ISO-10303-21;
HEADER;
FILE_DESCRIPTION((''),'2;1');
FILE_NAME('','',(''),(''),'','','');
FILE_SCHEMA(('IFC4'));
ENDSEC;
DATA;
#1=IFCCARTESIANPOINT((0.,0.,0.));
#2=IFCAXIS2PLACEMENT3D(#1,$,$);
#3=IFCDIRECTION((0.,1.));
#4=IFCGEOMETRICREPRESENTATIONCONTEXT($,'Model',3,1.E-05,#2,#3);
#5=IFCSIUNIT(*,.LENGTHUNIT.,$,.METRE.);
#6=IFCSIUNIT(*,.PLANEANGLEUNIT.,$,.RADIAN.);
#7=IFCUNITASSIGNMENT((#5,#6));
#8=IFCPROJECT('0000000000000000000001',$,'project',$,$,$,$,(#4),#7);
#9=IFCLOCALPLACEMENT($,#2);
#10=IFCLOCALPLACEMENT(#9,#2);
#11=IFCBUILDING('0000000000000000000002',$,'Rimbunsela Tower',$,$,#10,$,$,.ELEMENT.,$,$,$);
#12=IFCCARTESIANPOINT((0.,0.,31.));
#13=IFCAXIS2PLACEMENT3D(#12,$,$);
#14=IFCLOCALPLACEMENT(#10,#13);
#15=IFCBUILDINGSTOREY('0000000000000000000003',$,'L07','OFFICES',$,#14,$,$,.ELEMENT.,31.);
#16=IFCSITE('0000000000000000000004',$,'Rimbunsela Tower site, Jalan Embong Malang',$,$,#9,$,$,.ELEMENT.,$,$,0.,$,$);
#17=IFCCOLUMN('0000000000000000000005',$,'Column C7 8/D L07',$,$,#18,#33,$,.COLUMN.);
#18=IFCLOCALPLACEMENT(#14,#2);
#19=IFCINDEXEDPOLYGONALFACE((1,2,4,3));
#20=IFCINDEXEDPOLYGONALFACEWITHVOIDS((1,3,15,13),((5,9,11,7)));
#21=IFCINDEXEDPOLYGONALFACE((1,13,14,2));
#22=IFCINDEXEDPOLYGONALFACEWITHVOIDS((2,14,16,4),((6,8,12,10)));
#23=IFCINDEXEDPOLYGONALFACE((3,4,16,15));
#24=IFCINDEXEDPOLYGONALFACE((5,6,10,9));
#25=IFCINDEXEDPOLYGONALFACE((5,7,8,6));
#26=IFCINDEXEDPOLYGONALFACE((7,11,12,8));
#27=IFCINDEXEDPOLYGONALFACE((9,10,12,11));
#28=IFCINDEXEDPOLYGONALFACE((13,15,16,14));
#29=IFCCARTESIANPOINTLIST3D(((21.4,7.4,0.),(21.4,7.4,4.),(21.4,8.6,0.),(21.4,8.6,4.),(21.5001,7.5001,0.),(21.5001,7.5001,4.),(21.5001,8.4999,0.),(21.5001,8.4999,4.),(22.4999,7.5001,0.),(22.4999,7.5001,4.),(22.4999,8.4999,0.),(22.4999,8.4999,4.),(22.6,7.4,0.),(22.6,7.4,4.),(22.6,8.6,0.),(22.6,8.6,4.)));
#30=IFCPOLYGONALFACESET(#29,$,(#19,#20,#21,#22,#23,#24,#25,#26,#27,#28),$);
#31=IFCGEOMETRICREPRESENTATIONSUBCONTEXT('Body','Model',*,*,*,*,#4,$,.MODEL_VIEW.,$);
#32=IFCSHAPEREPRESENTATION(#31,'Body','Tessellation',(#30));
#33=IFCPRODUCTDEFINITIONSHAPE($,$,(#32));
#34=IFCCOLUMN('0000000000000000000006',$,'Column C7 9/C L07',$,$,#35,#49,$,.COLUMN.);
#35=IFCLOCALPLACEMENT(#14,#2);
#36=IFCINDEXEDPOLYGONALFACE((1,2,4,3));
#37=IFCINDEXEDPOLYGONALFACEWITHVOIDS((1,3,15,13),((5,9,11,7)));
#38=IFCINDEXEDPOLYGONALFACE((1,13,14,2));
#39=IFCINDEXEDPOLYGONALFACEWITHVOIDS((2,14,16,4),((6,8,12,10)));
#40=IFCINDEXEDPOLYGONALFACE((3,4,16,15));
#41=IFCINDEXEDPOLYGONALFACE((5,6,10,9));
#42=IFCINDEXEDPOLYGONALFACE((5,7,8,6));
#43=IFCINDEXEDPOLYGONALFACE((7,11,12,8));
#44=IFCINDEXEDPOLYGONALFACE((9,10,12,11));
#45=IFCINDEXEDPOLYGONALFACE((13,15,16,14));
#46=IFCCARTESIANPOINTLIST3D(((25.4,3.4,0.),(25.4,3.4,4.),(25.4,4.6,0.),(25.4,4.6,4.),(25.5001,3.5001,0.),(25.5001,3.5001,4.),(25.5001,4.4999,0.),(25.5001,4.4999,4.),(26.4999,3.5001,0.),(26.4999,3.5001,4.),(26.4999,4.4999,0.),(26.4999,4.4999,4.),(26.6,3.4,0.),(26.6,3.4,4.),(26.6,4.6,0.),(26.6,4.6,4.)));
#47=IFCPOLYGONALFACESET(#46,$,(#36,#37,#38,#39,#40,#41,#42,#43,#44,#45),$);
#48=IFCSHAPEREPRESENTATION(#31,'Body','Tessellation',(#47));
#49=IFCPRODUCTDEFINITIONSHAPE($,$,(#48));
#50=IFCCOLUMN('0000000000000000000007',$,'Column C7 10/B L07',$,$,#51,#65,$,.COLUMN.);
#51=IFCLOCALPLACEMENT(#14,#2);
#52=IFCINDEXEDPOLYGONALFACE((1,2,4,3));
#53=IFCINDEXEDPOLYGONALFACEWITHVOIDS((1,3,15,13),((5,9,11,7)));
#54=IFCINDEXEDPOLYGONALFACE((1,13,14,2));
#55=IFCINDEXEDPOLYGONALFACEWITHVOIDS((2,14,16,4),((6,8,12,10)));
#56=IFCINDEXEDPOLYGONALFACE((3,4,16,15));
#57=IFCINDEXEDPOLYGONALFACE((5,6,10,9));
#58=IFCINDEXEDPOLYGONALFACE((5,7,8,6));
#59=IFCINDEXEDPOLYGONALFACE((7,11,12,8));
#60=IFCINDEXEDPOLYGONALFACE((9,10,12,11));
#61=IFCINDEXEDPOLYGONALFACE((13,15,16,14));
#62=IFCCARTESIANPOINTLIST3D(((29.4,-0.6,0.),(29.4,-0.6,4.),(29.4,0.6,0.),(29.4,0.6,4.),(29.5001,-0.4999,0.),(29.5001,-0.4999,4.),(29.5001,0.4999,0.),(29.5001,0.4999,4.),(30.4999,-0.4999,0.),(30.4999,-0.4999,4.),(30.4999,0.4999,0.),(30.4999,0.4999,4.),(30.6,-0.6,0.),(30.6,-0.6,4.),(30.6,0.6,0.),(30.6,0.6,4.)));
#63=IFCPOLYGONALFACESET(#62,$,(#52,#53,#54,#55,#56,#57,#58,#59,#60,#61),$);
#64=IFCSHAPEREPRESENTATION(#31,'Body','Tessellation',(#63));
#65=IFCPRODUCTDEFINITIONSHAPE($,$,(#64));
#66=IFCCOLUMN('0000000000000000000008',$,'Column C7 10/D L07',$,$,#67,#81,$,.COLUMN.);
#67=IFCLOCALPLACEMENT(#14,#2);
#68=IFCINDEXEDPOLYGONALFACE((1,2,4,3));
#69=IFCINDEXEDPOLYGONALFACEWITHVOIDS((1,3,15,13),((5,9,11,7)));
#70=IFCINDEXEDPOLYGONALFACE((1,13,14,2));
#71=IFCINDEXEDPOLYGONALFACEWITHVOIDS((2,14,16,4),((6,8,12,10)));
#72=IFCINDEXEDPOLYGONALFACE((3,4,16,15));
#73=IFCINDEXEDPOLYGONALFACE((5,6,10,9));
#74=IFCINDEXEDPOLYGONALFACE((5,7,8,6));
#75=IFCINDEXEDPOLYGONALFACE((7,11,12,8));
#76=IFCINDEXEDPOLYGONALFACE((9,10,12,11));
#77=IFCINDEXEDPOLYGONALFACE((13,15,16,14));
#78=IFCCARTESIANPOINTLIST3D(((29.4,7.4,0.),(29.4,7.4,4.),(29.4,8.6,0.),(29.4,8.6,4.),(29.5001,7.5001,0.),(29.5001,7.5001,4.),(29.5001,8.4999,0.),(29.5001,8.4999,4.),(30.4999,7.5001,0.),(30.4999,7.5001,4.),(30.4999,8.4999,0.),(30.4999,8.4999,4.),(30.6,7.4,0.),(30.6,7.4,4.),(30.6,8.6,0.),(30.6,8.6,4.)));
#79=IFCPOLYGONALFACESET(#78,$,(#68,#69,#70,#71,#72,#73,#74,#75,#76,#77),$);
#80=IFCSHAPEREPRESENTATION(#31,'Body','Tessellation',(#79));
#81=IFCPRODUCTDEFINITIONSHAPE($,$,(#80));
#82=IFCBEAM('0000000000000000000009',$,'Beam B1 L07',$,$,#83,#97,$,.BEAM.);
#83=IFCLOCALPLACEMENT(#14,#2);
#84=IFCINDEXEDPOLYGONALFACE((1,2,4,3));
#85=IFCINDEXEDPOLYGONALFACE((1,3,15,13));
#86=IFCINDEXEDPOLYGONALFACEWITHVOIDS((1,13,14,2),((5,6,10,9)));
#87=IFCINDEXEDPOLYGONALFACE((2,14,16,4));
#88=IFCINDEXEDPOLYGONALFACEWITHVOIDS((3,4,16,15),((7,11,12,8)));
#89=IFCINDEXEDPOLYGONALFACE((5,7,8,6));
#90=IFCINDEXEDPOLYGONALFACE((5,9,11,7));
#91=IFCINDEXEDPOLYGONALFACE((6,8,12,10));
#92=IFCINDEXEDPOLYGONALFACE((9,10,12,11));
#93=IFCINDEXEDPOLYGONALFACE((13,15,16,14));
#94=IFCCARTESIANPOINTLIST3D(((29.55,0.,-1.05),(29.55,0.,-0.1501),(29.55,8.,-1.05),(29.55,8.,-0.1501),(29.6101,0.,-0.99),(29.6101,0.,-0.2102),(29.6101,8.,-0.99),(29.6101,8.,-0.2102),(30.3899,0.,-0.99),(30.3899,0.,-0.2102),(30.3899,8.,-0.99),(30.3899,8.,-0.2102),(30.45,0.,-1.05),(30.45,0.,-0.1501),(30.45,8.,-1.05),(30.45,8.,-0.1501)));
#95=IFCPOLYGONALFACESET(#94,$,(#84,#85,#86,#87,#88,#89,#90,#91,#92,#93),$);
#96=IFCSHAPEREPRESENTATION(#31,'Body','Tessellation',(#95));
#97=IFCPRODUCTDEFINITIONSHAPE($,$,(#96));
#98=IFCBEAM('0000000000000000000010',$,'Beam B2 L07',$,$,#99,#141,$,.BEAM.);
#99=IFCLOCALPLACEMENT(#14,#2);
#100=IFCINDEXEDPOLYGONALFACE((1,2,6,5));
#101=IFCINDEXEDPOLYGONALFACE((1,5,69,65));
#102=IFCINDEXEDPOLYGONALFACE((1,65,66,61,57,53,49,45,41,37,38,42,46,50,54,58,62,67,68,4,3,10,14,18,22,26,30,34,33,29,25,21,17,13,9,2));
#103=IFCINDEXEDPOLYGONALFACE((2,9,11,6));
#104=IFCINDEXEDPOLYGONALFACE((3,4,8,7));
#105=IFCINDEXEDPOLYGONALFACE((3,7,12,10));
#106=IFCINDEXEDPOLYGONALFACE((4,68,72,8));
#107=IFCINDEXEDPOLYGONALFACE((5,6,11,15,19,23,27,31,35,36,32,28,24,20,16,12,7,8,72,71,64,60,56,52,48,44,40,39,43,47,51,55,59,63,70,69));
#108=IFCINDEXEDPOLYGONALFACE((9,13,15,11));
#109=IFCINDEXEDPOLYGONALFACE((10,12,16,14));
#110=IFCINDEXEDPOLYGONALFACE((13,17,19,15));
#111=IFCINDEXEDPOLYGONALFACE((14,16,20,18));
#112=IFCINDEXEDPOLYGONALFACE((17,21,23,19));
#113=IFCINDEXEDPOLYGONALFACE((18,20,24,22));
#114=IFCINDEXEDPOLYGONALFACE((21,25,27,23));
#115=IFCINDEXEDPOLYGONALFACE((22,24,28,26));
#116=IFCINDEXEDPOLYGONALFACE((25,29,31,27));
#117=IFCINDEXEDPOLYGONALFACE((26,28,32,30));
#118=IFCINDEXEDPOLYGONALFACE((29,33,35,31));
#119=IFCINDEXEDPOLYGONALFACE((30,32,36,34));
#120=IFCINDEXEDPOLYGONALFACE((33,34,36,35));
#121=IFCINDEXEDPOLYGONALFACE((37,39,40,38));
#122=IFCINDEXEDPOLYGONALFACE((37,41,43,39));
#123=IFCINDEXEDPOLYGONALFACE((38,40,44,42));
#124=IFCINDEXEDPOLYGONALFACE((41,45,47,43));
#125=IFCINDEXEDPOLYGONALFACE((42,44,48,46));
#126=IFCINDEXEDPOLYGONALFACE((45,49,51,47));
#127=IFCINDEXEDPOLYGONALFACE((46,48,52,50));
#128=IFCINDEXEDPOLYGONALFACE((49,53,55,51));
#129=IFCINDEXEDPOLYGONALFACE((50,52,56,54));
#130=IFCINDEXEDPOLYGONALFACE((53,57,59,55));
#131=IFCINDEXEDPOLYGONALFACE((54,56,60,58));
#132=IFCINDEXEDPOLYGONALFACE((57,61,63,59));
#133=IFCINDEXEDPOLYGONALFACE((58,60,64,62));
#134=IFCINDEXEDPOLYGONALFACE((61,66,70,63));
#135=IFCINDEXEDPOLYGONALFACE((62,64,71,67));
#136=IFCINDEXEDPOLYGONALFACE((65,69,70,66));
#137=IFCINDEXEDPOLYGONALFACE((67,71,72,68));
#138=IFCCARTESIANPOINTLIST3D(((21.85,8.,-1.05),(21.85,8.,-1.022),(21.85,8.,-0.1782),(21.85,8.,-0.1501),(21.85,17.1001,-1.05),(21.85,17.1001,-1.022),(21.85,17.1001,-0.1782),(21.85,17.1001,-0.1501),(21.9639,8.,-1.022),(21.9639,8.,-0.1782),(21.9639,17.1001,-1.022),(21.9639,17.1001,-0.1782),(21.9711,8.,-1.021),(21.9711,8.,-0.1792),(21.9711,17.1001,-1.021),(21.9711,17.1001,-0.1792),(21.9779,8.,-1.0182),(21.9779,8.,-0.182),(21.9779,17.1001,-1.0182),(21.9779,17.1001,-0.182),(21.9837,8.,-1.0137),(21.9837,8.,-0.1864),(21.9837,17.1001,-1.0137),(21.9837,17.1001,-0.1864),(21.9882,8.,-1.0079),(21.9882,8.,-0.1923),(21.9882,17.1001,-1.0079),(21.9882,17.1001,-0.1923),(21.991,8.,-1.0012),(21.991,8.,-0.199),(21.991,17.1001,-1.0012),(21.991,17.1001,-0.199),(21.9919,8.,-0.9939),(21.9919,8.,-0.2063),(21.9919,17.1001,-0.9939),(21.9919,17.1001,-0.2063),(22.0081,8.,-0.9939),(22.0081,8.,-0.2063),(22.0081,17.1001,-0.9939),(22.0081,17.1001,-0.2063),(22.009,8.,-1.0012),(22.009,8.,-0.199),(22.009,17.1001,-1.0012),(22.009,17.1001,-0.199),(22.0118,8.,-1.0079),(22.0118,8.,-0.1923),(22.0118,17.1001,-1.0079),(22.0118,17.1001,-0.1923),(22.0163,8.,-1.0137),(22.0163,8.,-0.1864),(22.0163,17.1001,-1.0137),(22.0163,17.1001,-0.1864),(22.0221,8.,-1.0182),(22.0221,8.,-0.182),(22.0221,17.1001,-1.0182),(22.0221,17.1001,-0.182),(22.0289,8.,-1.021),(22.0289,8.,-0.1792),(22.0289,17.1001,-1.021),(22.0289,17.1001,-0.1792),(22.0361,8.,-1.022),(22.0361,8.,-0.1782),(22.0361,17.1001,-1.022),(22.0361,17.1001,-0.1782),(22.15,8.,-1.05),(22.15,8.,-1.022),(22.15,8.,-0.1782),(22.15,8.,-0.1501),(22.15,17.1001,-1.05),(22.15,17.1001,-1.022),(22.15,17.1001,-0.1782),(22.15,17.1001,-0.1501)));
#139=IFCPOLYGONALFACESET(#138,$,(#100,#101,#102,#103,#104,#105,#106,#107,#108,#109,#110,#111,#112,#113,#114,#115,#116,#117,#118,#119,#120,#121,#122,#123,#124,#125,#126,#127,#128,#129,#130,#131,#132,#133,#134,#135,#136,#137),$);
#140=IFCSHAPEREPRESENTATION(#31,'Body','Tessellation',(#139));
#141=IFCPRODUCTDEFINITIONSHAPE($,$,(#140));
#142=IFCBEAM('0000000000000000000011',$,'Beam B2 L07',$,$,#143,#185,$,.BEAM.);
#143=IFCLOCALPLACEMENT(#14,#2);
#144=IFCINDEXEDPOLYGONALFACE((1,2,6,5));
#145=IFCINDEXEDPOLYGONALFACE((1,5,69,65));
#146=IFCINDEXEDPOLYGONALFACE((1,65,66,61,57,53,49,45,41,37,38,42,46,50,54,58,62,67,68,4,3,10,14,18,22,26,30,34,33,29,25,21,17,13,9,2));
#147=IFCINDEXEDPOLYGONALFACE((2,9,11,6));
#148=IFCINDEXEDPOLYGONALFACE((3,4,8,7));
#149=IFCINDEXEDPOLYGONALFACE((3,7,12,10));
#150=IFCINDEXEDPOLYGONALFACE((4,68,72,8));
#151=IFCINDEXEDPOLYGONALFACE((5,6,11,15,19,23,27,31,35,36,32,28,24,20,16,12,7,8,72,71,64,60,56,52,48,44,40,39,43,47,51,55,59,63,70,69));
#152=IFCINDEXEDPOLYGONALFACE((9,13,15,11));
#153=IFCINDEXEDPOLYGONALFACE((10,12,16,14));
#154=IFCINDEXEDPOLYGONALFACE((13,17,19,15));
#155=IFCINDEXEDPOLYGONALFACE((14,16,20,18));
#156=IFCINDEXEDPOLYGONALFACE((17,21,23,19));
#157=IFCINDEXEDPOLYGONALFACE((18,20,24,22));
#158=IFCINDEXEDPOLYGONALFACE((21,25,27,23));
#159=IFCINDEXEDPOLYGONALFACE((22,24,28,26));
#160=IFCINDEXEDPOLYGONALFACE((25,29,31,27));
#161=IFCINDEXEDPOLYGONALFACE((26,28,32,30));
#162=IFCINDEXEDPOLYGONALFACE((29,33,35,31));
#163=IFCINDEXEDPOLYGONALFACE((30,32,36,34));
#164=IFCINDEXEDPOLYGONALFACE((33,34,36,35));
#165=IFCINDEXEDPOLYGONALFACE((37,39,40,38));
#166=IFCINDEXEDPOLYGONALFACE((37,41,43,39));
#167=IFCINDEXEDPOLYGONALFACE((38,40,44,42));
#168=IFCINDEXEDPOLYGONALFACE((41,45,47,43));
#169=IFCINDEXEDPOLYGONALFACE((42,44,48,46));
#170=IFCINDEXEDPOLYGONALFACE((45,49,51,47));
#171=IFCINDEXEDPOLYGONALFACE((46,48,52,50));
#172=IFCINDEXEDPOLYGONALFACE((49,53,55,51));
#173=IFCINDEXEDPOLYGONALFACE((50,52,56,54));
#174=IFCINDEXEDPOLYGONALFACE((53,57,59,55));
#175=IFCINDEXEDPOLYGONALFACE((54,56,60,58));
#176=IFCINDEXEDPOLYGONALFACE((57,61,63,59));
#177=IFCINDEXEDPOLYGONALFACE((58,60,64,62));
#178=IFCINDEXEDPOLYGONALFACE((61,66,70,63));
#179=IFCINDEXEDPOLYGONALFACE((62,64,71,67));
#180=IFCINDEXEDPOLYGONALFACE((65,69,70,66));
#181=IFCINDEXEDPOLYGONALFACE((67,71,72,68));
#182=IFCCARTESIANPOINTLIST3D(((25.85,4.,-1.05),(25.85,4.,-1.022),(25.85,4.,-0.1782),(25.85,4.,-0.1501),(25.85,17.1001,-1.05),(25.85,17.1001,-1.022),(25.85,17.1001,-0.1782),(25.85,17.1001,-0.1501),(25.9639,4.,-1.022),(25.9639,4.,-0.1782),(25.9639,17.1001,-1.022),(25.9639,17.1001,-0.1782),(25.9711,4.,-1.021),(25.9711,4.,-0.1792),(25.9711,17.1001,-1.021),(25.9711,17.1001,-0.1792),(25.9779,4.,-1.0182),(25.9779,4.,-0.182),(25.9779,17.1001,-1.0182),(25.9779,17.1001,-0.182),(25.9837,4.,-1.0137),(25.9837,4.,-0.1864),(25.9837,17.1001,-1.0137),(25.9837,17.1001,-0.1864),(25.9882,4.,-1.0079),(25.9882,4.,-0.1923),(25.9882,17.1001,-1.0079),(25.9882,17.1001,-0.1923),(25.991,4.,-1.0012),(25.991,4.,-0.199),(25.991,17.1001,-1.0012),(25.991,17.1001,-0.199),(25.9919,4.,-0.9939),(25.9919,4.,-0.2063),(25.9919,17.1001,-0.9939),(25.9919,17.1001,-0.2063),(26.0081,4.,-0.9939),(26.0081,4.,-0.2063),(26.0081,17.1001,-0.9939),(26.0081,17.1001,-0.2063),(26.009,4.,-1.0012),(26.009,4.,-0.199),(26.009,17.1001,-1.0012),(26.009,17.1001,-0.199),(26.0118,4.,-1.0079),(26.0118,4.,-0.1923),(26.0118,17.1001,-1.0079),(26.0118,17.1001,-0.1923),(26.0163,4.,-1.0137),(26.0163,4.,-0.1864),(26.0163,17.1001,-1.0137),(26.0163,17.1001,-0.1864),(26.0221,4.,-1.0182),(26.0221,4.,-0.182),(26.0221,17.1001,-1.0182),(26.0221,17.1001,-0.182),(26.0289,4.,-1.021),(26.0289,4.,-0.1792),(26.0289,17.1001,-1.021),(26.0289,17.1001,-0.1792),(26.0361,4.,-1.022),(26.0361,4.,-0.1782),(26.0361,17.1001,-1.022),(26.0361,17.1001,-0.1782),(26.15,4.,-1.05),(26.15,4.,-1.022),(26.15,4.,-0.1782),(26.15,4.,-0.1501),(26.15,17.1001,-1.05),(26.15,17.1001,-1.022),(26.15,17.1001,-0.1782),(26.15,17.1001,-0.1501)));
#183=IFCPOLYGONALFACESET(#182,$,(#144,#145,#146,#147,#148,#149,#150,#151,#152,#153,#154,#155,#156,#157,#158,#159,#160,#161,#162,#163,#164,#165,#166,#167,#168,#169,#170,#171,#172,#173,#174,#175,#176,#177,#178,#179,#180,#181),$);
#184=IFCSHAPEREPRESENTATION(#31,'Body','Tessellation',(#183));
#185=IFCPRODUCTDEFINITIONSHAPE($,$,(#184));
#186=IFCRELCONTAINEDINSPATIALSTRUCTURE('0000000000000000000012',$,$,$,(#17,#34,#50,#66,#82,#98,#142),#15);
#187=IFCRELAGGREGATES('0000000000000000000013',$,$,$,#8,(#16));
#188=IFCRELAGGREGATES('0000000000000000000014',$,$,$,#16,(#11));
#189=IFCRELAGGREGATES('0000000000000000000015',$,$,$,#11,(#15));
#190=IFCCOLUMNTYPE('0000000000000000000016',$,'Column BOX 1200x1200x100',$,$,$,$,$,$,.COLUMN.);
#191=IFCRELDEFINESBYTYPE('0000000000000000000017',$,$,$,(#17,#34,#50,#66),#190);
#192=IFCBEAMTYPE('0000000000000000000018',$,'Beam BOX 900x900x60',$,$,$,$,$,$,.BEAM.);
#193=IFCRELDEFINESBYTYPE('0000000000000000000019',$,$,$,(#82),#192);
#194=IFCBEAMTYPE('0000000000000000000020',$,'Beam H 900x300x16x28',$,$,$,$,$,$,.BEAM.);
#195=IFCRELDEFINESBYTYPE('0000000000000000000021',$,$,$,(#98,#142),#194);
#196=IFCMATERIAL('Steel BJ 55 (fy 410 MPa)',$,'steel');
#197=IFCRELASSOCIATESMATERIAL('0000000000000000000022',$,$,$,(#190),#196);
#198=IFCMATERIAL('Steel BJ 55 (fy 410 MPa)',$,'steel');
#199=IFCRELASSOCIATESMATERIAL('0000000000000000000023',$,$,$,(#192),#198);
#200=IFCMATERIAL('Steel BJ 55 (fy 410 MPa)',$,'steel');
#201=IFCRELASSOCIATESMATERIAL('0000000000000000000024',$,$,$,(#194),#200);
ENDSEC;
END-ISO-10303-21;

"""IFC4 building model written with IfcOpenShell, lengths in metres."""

from ifc_helpers import new_model, si_unit, direction, frame, origin, origin_2d, place, context, subcontext, project, spatial, hollow_rectangle, i_section, extrude, material, material_profile, profile_set, type_object, element, save


model = new_model("IFC4")

# Units and contexts
model_context = context("Model", 3, precision=1e-05, world=origin(), true_north=direction((0.0, 1.0)))
body_context = subcontext(model_context, "Body", "Model", "MODEL_VIEW")
ifc_project = project(units=[si_unit("LENGTHUNIT", "METRE"), si_unit("PLANEANGLEUNIT", "RADIAN")], contexts=[model_context])

# Site, building, storey
site_placement = place(None, origin())
site = spatial("IfcSite", under=ifc_project, at=site_placement, Name="Rimbunsela Tower site, Jalan Embong Malang", CompositionType="ELEMENT", RefElevation=0.0)
building_placement = place(site_placement, origin())
building = spatial("IfcBuilding", under=site, at=building_placement, Name="Rimbunsela Tower", CompositionType="ELEMENT")
storey_placement = place(building_placement, frame((0.0, 0.0, 31.0)))
storey = spatial("IfcBuildingStorey", under=building, at=storey_placement, Name="L07", Description="OFFICES", CompositionType="ELEMENT", Elevation=31.0)

# Columns
ifc_material_1 = material(Name="Steel BJ 55 (fy 410 MPa)", Category="steel")
ifc_material_profile_1 = material_profile(ifc_material_1, hollow_rectangle(XDim=1.2, YDim=1.2, WallThickness=0.1001, at=origin_2d()), Name="BOX 1200x1200x100")
ifc_profile_set_1 = profile_set([ifc_material_profile_1], Name="Steel BJ 55 (fy 410 MPa)")
column_type = type_object("IfcColumnType", Name="Column BOX 1200x1200x100", PredefinedType="COLUMN", material=ifc_profile_set_1)
for number, where, z_axis, x_axis, name in (
    (1, (22.0, 8.0, 0.0), (0.0, 0.0, 1.0), (1.0, 0.0, 0.0), "Column C7 8/D L07"),
    (2, (26.0, 4.0, 0.0), (0.0, 0.0, 1.0), (1.0, 0.0, 0.0), "Column C7 9/C L07"),
    (3, (30.0, 0.0, 0.0), (0.0, 0.0, 1.0), (1.0, 0.0, 0.0), "Column C7 10/B L07"),
    (4, (30.0, 8.0, 0.0), (0.0, 0.0, 1.0), (1.0, 0.0, 0.0), "Column C7 10/D L07"),
):
    element("IfcColumn", number, at=place(storey_placement, frame(where, z_axis=z_axis, x_axis=x_axis)), inside=storey, type_object=column_type, Name=name, PredefinedType="COLUMN", context=body_context, shape_type="SweptSolid", body=[
        extrude(hollow_rectangle(XDim=1.2, YDim=1.2, WallThickness=0.1001, at=origin_2d()), origin(), (0.0, 0.0, 1.0), 4.0),
    ])

# Beams
ifc_material_2 = material(Name="Steel BJ 55 (fy 410 MPa)", Category="steel")
ifc_material_profile_2 = material_profile(ifc_material_2, hollow_rectangle(XDim=0.8999, YDim=0.8999, WallThickness=0.0601, at=origin_2d()), Name="BOX 900x900x60")
ifc_profile_set_2 = profile_set([ifc_material_profile_2], Name="Steel BJ 55 (fy 410 MPa)")
beam_type_1 = type_object("IfcBeamType", Name="Beam BOX 900x900x60", PredefinedType="BEAM", material=ifc_profile_set_2)
beam_1_placement = place(storey_placement, frame((30.0, 0.0, -0.6001), z_axis=(0.0, 1.0, 0.0), x_axis=(-1.0, 0.0, 0.0)))
element("IfcBeam", 5, at=beam_1_placement, inside=storey, type_object=beam_type_1, Name="Beam B1 L07", PredefinedType="BEAM", context=body_context, shape_type="SweptSolid", body=[
    extrude(hollow_rectangle(XDim=0.8999, YDim=0.8999, WallThickness=0.0601, at=origin_2d()), origin(), (0.0, 0.0, 1.0), 8.0),
])
ifc_material_3 = material(Name="Steel BJ 55 (fy 410 MPa)", Category="steel")
ifc_material_profile_3 = material_profile(ifc_material_3, i_section(OverallWidth=0.3, OverallDepth=0.8999, WebThickness=0.0161, FlangeThickness=0.0281, FilletRadius=0.0281, at=origin_2d()), Name="H 900x300x16x28")
ifc_profile_set_3 = profile_set([ifc_material_profile_3], Name="Steel BJ 55 (fy 410 MPa)")
beam_type_2 = type_object("IfcBeamType", Name="Beam H 900x300x16x28", PredefinedType="BEAM", material=ifc_profile_set_3)
beam_2_placement = place(storey_placement, frame((22.0, 8.0, -0.6001), z_axis=(0.0, 1.0, 0.0), x_axis=(-1.0, 0.0, 0.0)))
element("IfcBeam", 6, at=beam_2_placement, inside=storey, type_object=beam_type_2, Name="Beam B2 L07", PredefinedType="BEAM", context=body_context, shape_type="SweptSolid", body=[
    extrude(i_section(OverallWidth=0.3, OverallDepth=0.8999, WebThickness=0.0161, FlangeThickness=0.0281, FilletRadius=0.0281, at=origin_2d()), origin(), (0.0, 0.0, 1.0), 9.1001),
])
beam_3_placement = place(storey_placement, frame((26.0, 4.0, -0.6001), z_axis=(0.0, 1.0, 0.0), x_axis=(-1.0, 0.0, 0.0)))
element("IfcBeam", 7, at=beam_3_placement, inside=storey, type_object=beam_type_2, Name="Beam B2 L07", PredefinedType="BEAM", context=body_context, shape_type="SweptSolid", body=[
    extrude(i_section(OverallWidth=0.3, OverallDepth=0.8999, WebThickness=0.0161, FlangeThickness=0.0281, FilletRadius=0.0281, at=origin_2d()), origin(), (0.0, 0.0, 1.0), 13.1001),
])

save(model, "model.ifc")
